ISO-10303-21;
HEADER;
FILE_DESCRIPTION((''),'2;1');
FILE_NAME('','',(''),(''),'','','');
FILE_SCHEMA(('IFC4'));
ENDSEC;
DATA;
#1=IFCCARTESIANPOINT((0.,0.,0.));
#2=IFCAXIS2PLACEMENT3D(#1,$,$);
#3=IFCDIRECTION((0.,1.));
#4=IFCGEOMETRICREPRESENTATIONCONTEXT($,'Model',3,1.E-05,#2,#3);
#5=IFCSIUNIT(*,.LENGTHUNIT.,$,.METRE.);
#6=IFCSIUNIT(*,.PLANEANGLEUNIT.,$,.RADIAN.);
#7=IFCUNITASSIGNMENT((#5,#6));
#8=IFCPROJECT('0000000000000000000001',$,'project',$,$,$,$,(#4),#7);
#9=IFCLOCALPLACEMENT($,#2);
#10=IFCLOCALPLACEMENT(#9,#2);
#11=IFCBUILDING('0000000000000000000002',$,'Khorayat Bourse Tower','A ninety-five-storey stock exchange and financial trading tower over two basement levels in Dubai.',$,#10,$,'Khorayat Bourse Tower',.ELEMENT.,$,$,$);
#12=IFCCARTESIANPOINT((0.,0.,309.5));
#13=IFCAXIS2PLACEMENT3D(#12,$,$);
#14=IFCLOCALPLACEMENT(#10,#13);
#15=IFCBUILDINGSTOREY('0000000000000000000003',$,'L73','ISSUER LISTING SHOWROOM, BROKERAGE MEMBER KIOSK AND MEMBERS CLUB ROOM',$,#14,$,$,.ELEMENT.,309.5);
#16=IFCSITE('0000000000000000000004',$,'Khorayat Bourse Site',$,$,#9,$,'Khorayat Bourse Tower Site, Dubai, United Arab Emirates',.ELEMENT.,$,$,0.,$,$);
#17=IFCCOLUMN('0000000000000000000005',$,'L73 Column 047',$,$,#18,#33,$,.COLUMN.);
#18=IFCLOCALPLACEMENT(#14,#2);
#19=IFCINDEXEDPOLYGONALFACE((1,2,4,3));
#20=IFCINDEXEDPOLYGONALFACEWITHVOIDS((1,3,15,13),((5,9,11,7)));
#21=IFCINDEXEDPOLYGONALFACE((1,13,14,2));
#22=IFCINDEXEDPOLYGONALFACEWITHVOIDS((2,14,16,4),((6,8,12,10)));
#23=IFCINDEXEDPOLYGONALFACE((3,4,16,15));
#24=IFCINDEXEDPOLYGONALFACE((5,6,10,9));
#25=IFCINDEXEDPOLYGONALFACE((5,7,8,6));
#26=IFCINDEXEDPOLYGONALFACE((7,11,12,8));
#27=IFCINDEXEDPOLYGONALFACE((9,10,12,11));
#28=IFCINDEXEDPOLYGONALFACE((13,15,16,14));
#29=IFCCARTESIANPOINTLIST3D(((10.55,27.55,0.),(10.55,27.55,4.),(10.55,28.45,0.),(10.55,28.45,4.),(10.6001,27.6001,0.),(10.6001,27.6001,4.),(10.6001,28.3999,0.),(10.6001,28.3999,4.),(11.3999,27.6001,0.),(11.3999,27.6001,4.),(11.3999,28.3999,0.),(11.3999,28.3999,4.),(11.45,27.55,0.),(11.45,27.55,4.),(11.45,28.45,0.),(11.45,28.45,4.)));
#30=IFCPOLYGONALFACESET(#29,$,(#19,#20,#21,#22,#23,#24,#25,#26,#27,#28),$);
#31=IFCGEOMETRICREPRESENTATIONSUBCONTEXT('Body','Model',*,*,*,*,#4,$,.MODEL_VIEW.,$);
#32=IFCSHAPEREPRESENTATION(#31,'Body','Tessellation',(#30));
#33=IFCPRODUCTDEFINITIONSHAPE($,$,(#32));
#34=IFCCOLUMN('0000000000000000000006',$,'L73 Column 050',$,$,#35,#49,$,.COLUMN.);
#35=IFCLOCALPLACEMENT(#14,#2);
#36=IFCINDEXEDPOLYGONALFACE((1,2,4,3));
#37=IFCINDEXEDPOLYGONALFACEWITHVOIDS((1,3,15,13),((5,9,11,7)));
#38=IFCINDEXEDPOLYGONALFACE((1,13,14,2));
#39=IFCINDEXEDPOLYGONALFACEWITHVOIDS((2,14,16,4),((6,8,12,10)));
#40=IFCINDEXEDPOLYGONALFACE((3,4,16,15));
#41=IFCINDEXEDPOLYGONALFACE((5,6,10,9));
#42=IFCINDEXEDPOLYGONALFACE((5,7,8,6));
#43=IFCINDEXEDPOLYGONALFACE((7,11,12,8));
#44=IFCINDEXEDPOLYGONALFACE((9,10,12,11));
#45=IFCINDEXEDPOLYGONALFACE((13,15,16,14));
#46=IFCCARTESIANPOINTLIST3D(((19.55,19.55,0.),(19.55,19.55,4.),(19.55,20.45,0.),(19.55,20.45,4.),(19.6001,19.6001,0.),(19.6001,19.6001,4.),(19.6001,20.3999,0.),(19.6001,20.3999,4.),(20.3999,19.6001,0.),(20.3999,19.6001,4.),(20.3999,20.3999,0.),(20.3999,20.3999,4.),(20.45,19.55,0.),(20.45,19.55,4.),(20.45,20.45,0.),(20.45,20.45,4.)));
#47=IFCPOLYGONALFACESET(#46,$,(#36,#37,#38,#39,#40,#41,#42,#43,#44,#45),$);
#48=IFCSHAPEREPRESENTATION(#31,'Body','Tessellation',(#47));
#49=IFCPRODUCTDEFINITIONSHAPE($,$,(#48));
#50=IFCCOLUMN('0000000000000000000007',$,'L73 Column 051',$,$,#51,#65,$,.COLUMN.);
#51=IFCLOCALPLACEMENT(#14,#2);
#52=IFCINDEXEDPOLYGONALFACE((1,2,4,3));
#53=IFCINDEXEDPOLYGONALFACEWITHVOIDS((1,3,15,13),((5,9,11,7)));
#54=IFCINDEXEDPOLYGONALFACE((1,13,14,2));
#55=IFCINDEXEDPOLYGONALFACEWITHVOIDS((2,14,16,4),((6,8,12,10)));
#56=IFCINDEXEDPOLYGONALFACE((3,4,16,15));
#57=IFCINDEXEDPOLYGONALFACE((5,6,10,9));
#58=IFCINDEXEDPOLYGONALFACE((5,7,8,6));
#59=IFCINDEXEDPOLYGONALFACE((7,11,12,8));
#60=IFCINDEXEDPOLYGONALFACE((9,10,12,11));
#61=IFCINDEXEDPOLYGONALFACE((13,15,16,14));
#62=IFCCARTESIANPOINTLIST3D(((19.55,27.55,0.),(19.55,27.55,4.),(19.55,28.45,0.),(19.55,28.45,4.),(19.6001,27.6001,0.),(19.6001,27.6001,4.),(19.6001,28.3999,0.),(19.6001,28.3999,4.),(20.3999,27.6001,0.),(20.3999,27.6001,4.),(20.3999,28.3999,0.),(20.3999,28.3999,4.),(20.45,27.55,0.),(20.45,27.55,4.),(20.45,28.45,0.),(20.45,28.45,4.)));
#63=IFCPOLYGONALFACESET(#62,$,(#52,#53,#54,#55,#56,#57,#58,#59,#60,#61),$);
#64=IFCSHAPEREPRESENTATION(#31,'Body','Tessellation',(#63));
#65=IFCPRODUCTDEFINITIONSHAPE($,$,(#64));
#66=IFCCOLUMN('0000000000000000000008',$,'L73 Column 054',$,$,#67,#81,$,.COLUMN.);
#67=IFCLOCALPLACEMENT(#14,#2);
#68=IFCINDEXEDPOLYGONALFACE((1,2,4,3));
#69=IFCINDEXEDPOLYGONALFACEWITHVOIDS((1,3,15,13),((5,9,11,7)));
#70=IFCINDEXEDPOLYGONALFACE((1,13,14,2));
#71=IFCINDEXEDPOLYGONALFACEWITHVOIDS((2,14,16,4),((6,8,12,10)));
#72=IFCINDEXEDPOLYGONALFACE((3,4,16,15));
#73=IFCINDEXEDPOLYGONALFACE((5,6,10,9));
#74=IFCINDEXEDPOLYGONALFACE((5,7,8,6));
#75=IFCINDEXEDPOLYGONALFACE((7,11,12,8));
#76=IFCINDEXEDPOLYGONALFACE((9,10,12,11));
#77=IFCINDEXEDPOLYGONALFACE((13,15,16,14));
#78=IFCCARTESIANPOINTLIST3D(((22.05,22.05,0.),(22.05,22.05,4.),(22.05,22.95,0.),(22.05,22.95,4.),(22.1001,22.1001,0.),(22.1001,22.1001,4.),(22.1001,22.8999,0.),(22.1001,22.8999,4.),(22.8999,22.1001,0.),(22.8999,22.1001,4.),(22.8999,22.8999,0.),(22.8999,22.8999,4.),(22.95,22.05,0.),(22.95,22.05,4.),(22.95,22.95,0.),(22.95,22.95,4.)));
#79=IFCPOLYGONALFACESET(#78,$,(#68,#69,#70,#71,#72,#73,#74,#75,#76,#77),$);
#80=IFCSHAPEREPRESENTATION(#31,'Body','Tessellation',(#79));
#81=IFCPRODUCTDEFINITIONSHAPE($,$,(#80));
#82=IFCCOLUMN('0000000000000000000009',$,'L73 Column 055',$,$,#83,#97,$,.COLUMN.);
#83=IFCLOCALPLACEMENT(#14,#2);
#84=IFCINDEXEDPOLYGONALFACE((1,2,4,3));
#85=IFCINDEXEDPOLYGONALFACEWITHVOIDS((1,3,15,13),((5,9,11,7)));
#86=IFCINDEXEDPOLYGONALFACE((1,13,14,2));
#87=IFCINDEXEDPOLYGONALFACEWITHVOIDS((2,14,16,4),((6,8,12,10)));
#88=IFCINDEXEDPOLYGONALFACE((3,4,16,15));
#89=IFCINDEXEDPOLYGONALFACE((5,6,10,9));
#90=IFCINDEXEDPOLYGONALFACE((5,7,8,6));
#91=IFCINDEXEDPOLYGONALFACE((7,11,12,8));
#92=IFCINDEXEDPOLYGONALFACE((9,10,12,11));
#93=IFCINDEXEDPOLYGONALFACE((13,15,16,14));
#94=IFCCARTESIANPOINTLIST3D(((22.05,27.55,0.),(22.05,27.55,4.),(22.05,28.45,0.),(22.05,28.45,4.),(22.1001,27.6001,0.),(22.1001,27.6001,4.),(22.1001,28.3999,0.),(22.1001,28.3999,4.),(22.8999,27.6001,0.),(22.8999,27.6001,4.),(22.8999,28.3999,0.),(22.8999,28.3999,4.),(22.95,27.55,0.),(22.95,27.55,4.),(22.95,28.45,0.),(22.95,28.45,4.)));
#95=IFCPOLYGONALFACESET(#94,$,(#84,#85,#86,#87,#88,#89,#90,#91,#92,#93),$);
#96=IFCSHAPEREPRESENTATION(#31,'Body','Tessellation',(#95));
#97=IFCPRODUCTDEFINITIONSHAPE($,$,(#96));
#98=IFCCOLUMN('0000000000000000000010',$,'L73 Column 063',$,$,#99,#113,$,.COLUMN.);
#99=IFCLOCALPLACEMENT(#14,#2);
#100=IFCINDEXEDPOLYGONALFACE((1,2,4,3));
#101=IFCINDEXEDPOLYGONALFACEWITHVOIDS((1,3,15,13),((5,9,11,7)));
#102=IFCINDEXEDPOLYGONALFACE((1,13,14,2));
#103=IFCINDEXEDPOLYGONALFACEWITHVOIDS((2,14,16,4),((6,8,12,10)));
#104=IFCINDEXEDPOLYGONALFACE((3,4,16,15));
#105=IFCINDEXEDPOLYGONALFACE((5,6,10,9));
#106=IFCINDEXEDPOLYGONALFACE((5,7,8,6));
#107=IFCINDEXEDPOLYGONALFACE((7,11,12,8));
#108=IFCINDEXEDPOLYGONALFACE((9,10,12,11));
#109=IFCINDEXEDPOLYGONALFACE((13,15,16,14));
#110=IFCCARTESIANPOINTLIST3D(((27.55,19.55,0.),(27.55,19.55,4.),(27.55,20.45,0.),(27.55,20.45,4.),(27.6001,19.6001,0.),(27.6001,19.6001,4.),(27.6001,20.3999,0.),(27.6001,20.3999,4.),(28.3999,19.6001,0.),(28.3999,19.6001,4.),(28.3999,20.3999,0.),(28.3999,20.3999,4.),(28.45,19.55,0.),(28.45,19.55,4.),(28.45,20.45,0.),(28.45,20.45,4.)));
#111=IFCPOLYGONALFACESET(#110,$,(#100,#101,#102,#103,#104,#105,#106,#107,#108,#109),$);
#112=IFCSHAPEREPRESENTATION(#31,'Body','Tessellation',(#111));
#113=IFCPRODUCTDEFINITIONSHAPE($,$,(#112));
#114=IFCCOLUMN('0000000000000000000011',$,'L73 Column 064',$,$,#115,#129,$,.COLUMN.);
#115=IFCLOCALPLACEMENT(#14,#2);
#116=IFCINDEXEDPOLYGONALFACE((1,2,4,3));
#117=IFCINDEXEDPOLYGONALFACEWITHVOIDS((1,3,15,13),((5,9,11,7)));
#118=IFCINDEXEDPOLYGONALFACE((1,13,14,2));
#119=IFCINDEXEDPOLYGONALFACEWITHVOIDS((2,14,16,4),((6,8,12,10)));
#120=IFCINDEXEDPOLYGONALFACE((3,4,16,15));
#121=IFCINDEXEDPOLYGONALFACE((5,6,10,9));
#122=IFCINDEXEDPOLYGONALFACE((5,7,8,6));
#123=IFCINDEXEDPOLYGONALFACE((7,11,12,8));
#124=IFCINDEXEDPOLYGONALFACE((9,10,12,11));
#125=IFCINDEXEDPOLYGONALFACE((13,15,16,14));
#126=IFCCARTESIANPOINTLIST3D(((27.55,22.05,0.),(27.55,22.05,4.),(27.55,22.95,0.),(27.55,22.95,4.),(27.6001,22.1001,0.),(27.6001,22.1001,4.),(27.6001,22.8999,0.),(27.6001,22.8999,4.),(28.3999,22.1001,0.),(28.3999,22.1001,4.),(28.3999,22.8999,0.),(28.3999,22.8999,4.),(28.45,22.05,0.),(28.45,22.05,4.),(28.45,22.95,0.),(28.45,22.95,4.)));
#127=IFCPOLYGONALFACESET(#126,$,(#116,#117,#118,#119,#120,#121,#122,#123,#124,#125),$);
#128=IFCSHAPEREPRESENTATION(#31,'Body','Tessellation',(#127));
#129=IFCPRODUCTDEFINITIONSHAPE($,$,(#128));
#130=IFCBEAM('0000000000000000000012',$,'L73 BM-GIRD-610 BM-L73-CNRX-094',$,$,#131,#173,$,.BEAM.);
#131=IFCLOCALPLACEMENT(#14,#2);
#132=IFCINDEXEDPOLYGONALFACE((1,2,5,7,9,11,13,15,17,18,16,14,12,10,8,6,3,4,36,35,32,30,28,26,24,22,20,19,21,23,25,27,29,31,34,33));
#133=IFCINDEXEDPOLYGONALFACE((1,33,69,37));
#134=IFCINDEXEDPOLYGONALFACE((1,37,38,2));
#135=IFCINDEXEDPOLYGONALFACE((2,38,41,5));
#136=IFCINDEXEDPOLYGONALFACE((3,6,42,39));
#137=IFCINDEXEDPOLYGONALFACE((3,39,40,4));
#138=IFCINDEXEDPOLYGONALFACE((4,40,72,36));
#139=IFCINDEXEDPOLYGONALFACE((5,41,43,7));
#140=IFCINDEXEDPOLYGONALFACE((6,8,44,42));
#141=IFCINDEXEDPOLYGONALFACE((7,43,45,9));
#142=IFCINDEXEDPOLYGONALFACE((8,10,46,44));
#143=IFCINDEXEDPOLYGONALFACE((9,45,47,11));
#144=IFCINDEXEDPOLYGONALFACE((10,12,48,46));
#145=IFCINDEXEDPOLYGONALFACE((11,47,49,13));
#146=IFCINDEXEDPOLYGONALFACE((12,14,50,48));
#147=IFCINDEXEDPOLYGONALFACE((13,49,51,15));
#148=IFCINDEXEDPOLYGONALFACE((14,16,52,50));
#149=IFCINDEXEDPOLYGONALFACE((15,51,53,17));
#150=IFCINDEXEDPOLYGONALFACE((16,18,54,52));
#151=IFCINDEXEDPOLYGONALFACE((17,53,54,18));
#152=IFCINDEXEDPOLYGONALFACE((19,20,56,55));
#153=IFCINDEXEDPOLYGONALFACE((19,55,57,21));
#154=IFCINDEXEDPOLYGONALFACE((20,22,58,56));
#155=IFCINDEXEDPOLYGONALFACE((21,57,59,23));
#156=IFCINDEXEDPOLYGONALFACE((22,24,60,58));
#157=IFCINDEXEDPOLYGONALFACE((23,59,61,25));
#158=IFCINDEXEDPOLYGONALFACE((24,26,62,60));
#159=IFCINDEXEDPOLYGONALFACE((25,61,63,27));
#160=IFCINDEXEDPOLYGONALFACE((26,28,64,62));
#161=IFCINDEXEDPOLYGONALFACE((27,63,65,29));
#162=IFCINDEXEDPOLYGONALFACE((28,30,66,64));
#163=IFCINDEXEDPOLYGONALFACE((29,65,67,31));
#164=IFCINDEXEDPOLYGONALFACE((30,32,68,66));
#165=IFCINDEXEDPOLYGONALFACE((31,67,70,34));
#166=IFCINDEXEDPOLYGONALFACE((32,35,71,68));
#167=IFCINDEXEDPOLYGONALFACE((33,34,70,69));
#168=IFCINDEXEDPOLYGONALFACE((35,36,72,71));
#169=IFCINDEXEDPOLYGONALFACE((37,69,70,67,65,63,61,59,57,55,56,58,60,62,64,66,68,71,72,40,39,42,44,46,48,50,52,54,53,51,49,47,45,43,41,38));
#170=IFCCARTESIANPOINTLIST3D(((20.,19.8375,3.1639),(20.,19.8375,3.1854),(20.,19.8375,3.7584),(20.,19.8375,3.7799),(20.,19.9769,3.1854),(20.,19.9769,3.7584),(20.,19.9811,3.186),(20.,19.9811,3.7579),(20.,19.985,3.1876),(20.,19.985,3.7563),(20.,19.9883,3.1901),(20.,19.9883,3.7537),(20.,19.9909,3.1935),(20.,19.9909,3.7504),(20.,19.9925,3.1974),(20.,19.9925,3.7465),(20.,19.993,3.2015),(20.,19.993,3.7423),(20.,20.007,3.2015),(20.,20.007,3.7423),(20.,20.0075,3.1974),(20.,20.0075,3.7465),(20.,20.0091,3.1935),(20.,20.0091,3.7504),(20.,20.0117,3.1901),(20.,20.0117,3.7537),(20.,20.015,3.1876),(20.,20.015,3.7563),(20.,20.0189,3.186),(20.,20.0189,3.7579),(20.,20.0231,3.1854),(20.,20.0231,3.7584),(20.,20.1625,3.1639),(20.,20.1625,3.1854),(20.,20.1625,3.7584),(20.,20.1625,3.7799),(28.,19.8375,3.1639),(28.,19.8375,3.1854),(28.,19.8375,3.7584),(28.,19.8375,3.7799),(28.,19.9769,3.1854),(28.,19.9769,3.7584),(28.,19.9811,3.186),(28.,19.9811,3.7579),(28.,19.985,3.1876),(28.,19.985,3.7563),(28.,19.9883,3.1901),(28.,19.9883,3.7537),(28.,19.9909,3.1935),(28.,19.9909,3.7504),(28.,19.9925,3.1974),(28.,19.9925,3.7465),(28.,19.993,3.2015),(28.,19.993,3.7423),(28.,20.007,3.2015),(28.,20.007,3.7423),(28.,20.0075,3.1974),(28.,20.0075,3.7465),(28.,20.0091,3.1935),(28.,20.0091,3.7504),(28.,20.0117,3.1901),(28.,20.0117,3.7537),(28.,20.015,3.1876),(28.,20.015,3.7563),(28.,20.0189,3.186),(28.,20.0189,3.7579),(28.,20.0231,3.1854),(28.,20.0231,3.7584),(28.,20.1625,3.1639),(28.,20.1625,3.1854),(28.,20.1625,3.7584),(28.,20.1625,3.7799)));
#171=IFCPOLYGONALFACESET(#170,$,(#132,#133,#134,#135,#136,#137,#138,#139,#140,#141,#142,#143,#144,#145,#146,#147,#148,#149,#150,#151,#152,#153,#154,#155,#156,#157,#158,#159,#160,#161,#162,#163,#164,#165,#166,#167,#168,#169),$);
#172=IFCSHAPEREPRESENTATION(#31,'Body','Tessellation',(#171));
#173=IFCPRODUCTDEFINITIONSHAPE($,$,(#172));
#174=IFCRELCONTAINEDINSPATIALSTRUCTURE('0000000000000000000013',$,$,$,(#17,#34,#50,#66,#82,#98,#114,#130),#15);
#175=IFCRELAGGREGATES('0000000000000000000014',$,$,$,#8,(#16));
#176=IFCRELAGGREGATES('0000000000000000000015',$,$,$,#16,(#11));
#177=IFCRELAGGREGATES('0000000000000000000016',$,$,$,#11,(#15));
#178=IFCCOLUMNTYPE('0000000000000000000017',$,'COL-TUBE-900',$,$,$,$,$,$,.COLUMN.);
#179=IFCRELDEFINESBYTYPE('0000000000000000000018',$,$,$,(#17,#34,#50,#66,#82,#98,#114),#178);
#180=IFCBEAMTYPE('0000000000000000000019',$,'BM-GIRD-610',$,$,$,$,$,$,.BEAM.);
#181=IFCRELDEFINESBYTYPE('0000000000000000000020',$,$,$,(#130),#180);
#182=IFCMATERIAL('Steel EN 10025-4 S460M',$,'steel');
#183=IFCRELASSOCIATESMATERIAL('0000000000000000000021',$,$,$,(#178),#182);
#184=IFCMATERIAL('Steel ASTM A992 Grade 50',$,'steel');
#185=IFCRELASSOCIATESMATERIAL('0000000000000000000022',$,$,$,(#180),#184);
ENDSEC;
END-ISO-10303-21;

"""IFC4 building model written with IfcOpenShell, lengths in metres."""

from ifc_helpers import new_model, si_unit, direction, frame, origin, origin_2d, place, context, subcontext, project, spatial, hollow_rectangle, i_section, extrude, source, transform, mapped, material, material_profile, profile_set, type_object, element, save


model = new_model("IFC4")

# Units and contexts
model_context = context("Model", 3, precision=1e-05, world=origin(), true_north=direction((0.0, 1.0)))
body_context = subcontext(model_context, "Body", "Model", "MODEL_VIEW")
ifc_project = project(units=[si_unit("LENGTHUNIT", "METRE"), si_unit("PLANEANGLEUNIT", "RADIAN")], contexts=[model_context])

# Site, building, storey
site_placement = place(None, origin())
site = spatial("IfcSite", under=ifc_project, at=site_placement, Name="Khorayat Bourse Site", LongName="Khorayat Bourse Tower Site, Dubai, United Arab Emirates", CompositionType="ELEMENT", RefElevation=0.0)
building_placement = place(site_placement, origin())
building = spatial("IfcBuilding", under=site, at=building_placement, Name="Khorayat Bourse Tower", Description="A ninety-five-storey stock exchange and financial trading tower over two basement levels in Dubai.", LongName="Khorayat Bourse Tower", CompositionType="ELEMENT")
storey_placement = place(building_placement, frame((0.0, 0.0, 309.5)))
storey = spatial("IfcBuildingStorey", under=building, at=storey_placement, Name="L73", Description="ISSUER LISTING SHOWROOM, BROKERAGE MEMBER KIOSK AND MEMBERS CLUB ROOM", CompositionType="ELEMENT", Elevation=309.5)

# Columns
ifc_material_1 = material(Name="Steel EN 10025-4 S460M", Category="steel")
ifc_material_profile_1 = material_profile(ifc_material_1, hollow_rectangle(XDim=0.8999, YDim=0.8999, WallThickness=0.05, at=origin_2d()), Name="BOX 900x900x50")
ifc_profile_set_1 = profile_set([ifc_material_profile_1], Name="Steel EN 10025-4 S460M")
column_type = type_object("IfcColumnType", Name="COL-TUBE-900", PredefinedType="COLUMN", material=ifc_profile_set_1)
shared_shape_1 = source(origin(), body_context, "Body", "SweptSolid", [
    extrude(hollow_rectangle(XDim=0.8999, YDim=0.8999, WallThickness=0.05, at=origin_2d()), origin(), (0.0, 0.0, 1.0), 4.0),
])
for number, where, z_axis, x_axis, name in (
    (1, (11.0, 28.0, 0.0), (0.0, 0.0, 1.0), (1.0, 0.0, 0.0), "L73 Column 047"),
    (2, (20.0, 20.0, 0.0), (0.0, 0.0, 1.0), (1.0, 0.0, 0.0), "L73 Column 050"),
    (3, (20.0, 28.0, 0.0), (0.0, 0.0, 1.0), (1.0, 0.0, 0.0), "L73 Column 051"),
    (4, (22.5, 22.5, 0.0), (0.0, 0.0, 1.0), (1.0, 0.0, 0.0), "L73 Column 054"),
    (5, (22.5, 28.0, 0.0), (0.0, 0.0, 1.0), (1.0, 0.0, 0.0), "L73 Column 055"),
    (6, (28.0, 20.0, 0.0), (0.0, 0.0, 1.0), (1.0, 0.0, 0.0), "L73 Column 063"),
    (7, (28.0, 22.5, 0.0), (0.0, 0.0, 1.0), (1.0, 0.0, 0.0), "L73 Column 064"),
):
    element("IfcColumn", number, at=place(storey_placement, frame(where, z_axis=z_axis, x_axis=x_axis)), inside=storey, type_object=column_type, Name=name, PredefinedType="COLUMN", context=body_context, shape_type="MappedRepresentation", body=[
        mapped(shared_shape_1, transform((0.0, 0.0, 0.0), scale=1.0)),
    ])

# Beam
ifc_material_2 = material(Name="Steel ASTM A992 Grade 50", Category="steel")
ifc_material_profile_2 = material_profile(ifc_material_2, i_section(OverallWidth=0.325, OverallDepth=0.616, WebThickness=0.0139, FlangeThickness=0.0215, FilletRadius=0.0161, at=origin_2d()), Name="W610X174")
ifc_profile_set_2 = profile_set([ifc_material_profile_2], Name="Steel ASTM A992 Grade 50")
beam_type_1 = type_object("IfcBeamType", Name="BM-GIRD-610", PredefinedType="BEAM", material=ifc_profile_set_2)
shared_shape_2 = source(origin(), body_context, "Body", "SweptSolid", [
    extrude(i_section(OverallWidth=0.325, OverallDepth=0.616, WebThickness=0.0139, FlangeThickness=0.0215, FilletRadius=0.0161, at=origin_2d()), origin(), (0.0, 0.0, 1.0), 8.0),
])
beam_1_placement = place(storey_placement, frame((20.0, 20.0, 3.4719), z_axis=(1.0, 0.0, 0.0), x_axis=(0.0, 1.0, 0.0)))
element("IfcBeam", 8, at=beam_1_placement, inside=storey, type_object=beam_type_1, Name="L73 BM-GIRD-610 BM-L73-CNRX-094", PredefinedType="BEAM", context=body_context, shape_type="MappedRepresentation", body=[
    mapped(shared_shape_2, transform((0.0, 0.0, 0.0), scale=1.0)),
])

save(model, "model.ifc")
